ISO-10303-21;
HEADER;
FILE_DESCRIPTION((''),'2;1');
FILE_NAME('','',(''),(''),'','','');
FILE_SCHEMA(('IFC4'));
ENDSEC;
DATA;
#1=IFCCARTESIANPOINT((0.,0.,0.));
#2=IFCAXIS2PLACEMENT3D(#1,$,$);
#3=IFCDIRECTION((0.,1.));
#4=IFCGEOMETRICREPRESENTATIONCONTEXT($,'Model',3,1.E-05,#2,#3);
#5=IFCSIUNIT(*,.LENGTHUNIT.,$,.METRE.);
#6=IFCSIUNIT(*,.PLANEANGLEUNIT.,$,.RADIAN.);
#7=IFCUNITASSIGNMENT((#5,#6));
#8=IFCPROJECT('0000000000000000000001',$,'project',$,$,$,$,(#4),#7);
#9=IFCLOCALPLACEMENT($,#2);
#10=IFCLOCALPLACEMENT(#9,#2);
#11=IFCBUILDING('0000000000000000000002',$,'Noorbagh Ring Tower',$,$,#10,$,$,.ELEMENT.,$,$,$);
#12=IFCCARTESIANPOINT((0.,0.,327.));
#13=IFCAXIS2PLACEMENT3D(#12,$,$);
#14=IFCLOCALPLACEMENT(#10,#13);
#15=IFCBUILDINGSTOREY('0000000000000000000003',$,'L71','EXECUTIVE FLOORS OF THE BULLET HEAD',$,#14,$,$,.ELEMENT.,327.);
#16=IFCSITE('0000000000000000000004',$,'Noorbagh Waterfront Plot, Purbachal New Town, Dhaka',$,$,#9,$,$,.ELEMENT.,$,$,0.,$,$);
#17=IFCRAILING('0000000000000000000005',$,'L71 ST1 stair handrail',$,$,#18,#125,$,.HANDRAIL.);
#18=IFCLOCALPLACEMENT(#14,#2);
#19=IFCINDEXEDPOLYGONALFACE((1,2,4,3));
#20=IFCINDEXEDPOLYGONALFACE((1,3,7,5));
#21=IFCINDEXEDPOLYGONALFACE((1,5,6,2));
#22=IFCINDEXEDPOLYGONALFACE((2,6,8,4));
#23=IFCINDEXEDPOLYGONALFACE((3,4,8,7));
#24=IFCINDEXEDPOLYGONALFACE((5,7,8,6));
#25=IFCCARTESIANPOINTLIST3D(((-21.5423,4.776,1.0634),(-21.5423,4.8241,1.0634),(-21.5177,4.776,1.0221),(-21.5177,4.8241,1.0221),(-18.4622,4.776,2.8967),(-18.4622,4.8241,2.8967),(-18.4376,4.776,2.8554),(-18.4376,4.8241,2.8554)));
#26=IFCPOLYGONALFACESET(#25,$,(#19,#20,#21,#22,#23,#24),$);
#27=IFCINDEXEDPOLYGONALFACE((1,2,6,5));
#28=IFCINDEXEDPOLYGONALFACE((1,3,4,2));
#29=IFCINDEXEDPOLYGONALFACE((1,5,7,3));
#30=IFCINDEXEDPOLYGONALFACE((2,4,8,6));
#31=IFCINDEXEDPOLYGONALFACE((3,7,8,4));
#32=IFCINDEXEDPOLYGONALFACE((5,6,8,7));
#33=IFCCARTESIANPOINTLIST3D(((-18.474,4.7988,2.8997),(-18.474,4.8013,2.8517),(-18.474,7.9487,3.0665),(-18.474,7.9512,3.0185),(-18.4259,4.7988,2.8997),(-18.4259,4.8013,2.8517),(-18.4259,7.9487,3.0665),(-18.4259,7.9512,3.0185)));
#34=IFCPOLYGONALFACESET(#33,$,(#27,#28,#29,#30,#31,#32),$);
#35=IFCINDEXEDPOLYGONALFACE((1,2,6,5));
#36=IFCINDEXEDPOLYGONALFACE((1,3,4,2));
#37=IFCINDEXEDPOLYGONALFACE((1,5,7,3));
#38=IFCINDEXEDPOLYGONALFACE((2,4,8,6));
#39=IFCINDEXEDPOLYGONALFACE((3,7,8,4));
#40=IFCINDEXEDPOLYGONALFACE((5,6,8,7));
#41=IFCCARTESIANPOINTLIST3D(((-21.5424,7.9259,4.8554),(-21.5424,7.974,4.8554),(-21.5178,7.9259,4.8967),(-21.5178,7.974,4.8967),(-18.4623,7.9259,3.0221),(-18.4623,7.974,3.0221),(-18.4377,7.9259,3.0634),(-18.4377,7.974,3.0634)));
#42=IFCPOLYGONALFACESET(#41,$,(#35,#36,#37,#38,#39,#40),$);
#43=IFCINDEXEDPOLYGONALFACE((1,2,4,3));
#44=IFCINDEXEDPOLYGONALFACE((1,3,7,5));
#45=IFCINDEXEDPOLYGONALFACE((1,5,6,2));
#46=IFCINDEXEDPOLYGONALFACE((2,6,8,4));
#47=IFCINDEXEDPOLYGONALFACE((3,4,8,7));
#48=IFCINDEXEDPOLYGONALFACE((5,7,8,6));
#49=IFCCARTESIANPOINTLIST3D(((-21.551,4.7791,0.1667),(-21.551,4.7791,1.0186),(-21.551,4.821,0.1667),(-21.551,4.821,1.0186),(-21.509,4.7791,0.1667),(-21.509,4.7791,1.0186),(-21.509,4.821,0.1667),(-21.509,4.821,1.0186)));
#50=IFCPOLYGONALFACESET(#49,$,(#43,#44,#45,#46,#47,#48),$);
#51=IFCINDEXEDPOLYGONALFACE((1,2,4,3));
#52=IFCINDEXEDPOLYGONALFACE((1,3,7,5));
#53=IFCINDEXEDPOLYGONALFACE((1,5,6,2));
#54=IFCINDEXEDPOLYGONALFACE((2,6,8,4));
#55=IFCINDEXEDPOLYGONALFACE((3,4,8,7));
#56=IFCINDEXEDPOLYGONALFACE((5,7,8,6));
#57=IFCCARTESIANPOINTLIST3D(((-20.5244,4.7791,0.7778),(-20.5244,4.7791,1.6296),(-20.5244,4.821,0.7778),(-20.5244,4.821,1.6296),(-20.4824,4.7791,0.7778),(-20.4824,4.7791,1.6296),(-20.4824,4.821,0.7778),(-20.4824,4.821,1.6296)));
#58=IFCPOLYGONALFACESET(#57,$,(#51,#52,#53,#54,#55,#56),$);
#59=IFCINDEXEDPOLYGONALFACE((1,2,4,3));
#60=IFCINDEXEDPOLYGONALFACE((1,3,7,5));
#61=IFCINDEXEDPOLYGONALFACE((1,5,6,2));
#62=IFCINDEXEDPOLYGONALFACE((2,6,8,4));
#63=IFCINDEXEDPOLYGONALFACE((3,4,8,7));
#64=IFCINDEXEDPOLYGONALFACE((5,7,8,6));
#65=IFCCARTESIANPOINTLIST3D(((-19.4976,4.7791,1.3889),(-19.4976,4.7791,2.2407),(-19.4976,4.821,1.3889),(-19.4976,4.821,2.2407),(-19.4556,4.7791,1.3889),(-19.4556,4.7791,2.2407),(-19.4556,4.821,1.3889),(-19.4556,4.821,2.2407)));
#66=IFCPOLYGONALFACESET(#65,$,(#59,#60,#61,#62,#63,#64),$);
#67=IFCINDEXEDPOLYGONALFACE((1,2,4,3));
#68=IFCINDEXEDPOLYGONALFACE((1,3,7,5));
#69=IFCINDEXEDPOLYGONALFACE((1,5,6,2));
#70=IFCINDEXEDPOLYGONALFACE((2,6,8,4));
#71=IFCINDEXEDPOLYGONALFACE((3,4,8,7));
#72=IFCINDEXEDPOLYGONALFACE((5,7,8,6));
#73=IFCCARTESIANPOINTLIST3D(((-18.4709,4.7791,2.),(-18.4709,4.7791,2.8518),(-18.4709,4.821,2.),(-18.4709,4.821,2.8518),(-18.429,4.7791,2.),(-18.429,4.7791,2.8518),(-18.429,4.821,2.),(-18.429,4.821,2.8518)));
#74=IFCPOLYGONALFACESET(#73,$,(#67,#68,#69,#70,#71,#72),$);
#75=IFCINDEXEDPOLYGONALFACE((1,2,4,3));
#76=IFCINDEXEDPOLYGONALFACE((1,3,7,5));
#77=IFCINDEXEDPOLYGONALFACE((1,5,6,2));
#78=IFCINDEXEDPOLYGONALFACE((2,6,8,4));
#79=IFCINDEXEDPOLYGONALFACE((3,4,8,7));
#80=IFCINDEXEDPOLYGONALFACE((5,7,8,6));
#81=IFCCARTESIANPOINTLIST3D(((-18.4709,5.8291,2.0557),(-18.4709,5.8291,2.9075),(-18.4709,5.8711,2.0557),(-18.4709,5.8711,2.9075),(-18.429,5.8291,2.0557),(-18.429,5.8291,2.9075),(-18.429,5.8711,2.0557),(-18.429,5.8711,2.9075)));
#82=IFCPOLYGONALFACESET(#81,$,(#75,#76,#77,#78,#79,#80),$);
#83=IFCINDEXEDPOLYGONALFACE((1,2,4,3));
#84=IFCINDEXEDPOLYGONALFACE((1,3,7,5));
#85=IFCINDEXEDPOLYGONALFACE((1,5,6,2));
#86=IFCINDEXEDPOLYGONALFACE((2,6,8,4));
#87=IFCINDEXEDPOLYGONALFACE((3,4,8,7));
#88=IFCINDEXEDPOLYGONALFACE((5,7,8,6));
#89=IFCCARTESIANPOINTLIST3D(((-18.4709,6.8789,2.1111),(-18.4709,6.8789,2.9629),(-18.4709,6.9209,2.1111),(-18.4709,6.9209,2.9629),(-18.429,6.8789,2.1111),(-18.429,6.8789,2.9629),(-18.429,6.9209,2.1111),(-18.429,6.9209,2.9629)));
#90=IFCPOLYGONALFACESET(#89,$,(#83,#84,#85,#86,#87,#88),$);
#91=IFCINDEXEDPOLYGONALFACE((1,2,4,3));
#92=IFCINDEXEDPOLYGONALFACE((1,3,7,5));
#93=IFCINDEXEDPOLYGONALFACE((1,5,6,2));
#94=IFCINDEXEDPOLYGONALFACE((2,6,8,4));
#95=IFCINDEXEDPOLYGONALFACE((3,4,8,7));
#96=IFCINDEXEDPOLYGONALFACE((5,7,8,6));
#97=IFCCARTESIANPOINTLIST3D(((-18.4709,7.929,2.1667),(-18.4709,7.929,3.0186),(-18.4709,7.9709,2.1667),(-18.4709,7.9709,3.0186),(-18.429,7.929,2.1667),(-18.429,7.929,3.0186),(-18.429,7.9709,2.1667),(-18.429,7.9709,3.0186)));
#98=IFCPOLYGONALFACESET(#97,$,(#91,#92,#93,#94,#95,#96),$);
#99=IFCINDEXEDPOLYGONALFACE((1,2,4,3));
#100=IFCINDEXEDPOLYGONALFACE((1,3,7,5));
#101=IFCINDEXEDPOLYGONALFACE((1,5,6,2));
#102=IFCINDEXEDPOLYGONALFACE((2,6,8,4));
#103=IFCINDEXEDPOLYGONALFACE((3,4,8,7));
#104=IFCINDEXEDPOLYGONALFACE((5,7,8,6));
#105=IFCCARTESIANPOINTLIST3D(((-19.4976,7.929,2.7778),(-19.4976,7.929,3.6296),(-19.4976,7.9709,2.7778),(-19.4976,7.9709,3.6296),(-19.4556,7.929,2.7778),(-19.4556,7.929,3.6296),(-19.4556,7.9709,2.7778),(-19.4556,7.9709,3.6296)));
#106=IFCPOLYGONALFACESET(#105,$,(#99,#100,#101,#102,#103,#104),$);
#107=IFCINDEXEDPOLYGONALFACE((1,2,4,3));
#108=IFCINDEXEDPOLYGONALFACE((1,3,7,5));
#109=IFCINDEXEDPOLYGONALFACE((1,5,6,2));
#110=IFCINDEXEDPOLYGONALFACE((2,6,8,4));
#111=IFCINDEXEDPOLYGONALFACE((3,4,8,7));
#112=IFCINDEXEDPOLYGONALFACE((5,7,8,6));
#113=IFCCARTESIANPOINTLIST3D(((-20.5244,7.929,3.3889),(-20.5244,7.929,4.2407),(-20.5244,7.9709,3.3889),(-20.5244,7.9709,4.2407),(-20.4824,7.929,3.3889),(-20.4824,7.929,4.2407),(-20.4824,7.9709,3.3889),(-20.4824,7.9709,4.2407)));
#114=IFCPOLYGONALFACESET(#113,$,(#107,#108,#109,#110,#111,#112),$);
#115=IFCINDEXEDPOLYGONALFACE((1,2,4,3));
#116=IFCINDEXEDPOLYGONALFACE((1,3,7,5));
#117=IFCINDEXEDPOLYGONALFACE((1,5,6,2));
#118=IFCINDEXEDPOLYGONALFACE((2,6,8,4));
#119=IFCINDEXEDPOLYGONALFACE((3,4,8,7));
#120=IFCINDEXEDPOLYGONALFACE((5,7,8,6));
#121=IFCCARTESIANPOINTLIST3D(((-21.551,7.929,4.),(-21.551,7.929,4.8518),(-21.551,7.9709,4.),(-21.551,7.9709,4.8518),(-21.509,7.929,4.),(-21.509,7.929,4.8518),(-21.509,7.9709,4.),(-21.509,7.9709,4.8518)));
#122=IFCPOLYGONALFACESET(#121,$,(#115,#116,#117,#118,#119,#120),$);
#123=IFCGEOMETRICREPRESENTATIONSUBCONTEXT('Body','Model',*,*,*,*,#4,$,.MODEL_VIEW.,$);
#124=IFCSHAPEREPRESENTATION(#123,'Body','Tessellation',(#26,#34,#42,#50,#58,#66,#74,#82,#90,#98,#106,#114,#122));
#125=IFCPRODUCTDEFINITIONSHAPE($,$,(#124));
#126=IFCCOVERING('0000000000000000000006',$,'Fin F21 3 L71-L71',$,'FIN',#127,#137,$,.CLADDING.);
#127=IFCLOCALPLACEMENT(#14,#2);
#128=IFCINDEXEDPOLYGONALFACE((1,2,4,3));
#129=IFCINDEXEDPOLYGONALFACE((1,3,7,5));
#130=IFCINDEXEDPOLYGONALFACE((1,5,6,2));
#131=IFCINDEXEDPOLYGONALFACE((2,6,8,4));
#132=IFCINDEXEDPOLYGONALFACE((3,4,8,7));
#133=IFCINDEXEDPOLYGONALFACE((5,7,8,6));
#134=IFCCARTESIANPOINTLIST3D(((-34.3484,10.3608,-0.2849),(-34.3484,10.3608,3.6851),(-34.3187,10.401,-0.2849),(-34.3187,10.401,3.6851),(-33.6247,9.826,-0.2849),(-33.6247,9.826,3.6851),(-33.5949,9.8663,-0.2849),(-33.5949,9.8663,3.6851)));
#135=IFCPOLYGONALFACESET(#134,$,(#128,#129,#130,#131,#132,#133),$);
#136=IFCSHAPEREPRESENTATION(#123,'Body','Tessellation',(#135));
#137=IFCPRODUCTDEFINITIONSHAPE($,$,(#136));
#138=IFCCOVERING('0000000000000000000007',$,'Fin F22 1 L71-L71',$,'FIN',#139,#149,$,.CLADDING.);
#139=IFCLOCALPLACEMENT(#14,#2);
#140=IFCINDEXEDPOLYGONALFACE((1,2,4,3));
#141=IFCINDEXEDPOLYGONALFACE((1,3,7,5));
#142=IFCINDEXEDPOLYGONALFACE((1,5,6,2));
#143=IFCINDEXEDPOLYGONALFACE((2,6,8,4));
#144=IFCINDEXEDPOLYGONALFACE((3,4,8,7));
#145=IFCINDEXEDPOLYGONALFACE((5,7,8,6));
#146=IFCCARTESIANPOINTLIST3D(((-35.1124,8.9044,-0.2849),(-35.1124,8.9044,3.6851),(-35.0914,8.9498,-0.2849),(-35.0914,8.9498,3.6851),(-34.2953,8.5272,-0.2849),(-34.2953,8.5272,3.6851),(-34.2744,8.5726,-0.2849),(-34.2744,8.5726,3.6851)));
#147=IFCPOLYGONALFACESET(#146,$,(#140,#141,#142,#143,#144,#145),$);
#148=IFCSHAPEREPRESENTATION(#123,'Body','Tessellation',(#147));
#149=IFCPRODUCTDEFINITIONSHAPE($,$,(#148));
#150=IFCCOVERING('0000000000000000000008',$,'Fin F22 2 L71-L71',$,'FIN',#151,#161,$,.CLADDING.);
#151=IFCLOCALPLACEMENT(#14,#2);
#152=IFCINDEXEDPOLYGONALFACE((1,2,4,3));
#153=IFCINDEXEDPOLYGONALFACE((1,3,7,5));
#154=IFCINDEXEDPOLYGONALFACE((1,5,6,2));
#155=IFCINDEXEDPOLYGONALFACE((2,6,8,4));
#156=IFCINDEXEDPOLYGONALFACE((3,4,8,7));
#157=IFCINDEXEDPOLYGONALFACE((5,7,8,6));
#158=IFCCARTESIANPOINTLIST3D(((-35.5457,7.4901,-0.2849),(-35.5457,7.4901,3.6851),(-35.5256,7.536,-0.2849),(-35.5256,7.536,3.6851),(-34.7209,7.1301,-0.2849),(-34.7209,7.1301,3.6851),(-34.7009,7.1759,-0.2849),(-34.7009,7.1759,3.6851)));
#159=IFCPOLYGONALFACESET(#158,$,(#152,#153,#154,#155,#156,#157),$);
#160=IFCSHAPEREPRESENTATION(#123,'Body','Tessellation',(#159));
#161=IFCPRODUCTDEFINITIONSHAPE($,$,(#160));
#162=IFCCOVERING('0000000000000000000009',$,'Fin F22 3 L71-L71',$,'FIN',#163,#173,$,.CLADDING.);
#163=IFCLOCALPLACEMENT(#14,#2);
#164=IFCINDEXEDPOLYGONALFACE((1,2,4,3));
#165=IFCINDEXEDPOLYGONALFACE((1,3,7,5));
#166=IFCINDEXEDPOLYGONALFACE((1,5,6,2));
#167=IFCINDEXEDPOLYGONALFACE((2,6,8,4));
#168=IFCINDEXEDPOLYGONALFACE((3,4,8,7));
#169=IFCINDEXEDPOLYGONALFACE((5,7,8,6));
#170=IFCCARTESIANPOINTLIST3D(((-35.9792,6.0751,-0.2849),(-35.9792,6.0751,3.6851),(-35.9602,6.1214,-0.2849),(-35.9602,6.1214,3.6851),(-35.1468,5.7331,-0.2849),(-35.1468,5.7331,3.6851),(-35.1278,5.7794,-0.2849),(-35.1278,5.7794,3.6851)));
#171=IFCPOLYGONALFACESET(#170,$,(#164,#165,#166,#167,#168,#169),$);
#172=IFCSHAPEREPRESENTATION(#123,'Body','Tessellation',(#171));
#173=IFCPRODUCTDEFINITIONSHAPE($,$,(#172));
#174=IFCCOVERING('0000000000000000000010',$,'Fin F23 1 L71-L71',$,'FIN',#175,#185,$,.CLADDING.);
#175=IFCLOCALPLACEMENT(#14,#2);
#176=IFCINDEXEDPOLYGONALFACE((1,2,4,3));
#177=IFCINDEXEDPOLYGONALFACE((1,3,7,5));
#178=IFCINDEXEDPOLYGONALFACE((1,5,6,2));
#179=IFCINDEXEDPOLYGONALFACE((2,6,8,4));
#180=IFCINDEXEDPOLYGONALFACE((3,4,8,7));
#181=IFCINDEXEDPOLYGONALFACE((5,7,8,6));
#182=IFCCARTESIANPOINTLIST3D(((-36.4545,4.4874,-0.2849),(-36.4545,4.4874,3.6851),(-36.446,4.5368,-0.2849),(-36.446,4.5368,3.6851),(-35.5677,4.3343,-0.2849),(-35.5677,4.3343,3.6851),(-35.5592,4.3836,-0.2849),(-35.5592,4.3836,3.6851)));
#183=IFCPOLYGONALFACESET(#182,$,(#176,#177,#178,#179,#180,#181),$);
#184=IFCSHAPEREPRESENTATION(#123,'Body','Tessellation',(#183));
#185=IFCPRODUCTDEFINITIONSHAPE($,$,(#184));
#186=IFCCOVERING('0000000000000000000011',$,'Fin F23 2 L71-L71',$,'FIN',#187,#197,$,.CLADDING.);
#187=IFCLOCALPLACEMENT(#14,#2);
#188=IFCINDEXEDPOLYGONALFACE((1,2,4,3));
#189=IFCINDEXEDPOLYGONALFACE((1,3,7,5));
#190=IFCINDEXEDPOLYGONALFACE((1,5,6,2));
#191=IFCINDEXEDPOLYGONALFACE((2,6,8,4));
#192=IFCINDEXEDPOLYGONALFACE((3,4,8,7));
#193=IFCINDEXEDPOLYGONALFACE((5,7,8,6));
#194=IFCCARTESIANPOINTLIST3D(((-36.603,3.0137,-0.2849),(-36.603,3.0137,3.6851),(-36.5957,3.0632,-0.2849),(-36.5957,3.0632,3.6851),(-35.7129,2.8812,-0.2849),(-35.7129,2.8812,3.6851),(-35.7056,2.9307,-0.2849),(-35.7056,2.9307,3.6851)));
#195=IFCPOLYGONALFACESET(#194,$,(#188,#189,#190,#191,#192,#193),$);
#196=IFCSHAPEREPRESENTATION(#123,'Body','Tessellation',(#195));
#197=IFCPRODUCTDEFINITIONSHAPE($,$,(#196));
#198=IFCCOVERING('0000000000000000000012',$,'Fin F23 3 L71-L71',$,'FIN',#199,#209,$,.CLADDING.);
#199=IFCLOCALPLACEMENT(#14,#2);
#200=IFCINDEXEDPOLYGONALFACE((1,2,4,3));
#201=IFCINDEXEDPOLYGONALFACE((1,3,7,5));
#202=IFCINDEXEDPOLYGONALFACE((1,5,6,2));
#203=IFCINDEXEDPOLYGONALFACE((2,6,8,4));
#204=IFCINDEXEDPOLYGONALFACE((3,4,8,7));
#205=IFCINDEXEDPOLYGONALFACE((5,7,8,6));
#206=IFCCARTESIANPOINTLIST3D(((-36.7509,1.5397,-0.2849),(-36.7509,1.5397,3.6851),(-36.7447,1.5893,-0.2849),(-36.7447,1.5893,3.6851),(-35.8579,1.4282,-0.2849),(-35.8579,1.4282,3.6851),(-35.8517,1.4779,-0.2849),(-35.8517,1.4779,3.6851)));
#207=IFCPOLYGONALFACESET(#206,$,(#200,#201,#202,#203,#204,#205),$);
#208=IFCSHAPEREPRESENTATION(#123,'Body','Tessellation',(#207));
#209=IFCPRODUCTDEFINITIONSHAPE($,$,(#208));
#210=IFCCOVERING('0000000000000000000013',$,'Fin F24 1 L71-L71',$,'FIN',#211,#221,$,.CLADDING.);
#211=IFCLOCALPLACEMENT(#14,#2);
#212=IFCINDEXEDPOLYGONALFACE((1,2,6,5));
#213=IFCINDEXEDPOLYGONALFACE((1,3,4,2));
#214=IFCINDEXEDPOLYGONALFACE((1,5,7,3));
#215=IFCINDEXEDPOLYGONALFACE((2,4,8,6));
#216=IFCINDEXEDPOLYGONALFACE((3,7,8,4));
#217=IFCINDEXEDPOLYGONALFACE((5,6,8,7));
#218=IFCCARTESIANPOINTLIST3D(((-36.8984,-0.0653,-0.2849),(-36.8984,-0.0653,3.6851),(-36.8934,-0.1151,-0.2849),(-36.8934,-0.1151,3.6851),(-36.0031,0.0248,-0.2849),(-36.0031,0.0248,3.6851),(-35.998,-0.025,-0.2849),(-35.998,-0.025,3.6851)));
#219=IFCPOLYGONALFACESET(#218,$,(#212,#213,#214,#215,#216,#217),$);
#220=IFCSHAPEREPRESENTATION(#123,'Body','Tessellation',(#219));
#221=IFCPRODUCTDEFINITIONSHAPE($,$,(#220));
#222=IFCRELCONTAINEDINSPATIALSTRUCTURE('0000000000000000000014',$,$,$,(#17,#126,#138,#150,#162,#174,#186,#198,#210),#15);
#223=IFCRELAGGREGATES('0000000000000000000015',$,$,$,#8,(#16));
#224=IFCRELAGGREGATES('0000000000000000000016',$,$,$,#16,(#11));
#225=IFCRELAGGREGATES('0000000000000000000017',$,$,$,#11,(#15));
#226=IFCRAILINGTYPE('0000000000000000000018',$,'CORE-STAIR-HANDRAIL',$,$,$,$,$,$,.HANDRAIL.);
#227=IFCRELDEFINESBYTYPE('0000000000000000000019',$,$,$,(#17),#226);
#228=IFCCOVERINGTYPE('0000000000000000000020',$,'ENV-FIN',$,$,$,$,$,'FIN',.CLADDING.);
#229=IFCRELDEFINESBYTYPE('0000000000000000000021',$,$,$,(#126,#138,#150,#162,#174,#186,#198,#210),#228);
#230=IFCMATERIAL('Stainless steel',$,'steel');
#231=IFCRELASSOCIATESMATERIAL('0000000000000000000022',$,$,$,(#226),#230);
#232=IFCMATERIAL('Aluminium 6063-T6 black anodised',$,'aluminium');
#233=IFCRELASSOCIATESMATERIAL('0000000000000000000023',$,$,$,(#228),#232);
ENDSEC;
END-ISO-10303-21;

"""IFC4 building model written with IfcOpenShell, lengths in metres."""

from ifc_helpers import new_model, si_unit, direction, frame, origin, origin_2d, place, context, subcontext, project, spatial, rectangle, extrude, material, material_profile, profile_set, type_object, element, save


model = new_model("IFC4")

# Units and contexts
model_context = context("Model", 3, precision=1e-05, world=origin(), true_north=direction((0.0, 1.0)))
body_context = subcontext(model_context, "Body", "Model", "MODEL_VIEW")
ifc_project = project(units=[si_unit("LENGTHUNIT", "METRE"), si_unit("PLANEANGLEUNIT", "RADIAN")], contexts=[model_context])

# Site, building, storey
site_placement = place(None, origin())
site = spatial("IfcSite", under=ifc_project, at=site_placement, Name="Noorbagh Waterfront Plot, Purbachal New Town, Dhaka", CompositionType="ELEMENT", RefElevation=0.0)
building_placement = place(site_placement, origin())
building = spatial("IfcBuilding", under=site, at=building_placement, Name="Noorbagh Ring Tower", CompositionType="ELEMENT")
storey_placement = place(building_placement, frame((0.0, 0.0, 327.0)))
storey = spatial("IfcBuildingStorey", under=building, at=storey_placement, Name="L71", Description="EXECUTIVE FLOORS OF THE BULLET HEAD", CompositionType="ELEMENT", Elevation=327.0)

# Railing
ifc_material_1 = material(Name="Stainless steel", Category="steel")
railing_type_1 = type_object("IfcRailingType", Name="CORE-STAIR-HANDRAIL", PredefinedType="HANDRAIL", material=ifc_material_1)
railing_1_placement = place(storey_placement, frame((-21.53, 4.8, 0.1667)))
element("IfcRailing", 1, at=railing_1_placement, inside=storey, type_object=railing_type_1, Name="L71 ST1 stair handrail", PredefinedType="HANDRAIL", context=body_context, shape_type="SweptSolid", body=[
    extrude(rectangle(XDim=0.0481, YDim=0.0481, at=origin_2d()), frame((0.0, 0.0, 0.876), z_axis=(0.859309, 0.0, 0.511458), x_axis=(0.0, 1.0, 0.0)), (0.0, 0.0, 1.0), 3.5845),
    extrude(rectangle(XDim=0.0481, YDim=0.0481, at=origin_2d()), frame((3.0801, 0.0, 2.709), z_axis=(0.0, 0.998602, 0.052864), x_axis=(-1.0, 0.0, 0.0)), (0.0, 0.0, 1.0), 3.1543),
    extrude(rectangle(XDim=0.0481, YDim=0.0481, at=origin_2d()), frame((3.0801, 3.1499, 2.876), z_axis=(-0.859309, 0.0, 0.511458), x_axis=(0.0, -1.0, 0.0)), (0.0, 0.0, 1.0), 3.5845),
    extrude(rectangle(XDim=0.042, YDim=0.042, at=origin_2d()), origin(), (0.0, 0.0, 1.0), 0.8518),
    extrude(rectangle(XDim=0.042, YDim=0.042, at=origin_2d()), frame((1.0266, 0.0, 0.6111)), (0.0, 0.0, 1.0), 0.8518),
    extrude(rectangle(XDim=0.042, YDim=0.042, at=origin_2d()), frame((2.0535, 0.0, 1.2222)), (0.0, 0.0, 1.0), 0.8518),
    extrude(rectangle(XDim=0.042, YDim=0.042, at=origin_2d()), frame((3.0801, 0.0, 1.8333)), (0.0, 0.0, 1.0), 0.8518),
    extrude(rectangle(XDim=0.042, YDim=0.042, at=origin_2d()), frame((3.0801, 1.05, 1.8889)), (0.0, 0.0, 1.0), 0.8518),
    extrude(rectangle(XDim=0.042, YDim=0.042, at=origin_2d()), frame((3.0801, 2.0999, 1.9443)), (0.0, 0.0, 1.0), 0.8518),
    extrude(rectangle(XDim=0.042, YDim=0.042, at=origin_2d()), frame((3.0801, 3.1499, 2.0)), (0.0, 0.0, 1.0), 0.8518),
    extrude(rectangle(XDim=0.042, YDim=0.042, at=origin_2d()), frame((2.0535, 3.1499, 2.6111)), (0.0, 0.0, 1.0), 0.8518),
    extrude(rectangle(XDim=0.042, YDim=0.042, at=origin_2d()), frame((1.0266, 3.1499, 3.2222)), (0.0, 0.0, 1.0), 0.8518),
    extrude(rectangle(XDim=0.042, YDim=0.042, at=origin_2d()), frame((0.0, 3.1499, 3.8333)), (0.0, 0.0, 1.0), 0.8518),
])

# Coverings
ifc_material_2 = material(Name="Aluminium 6063-T6 black anodised", Category="aluminium")
ifc_material_profile_1 = material_profile(ifc_material_2, rectangle(XDim=0.8999, YDim=0.05, at=origin_2d()), Name="900x50")
ifc_profile_set_1 = profile_set([ifc_material_profile_1], Name="Aluminium 6063-T6 black anodised")
covering_type = type_object("IfcCoveringType", Name="ENV-FIN", ElementType="FIN", PredefinedType="CLADDING", material=ifc_profile_set_1)
for number, where, z_axis, x_axis, name in (
    (2, (-33.9717, 10.1135, -0.2849), (0.0, 0.0, 1.0), (-0.80426, 0.594277, 0.0), "Fin F21 3 L71-L71"),
    (3, (-34.6934, 8.7385, -0.2849), (0.0, 0.0, 1.0), (-0.907912, 0.419162, 0.0), "Fin F22 1 L71-L71"),
    (4, (-35.1233, 7.333, -0.2849), (0.0, 0.0, 1.0), (-0.916475, 0.400092, 0.0), "Fin F22 2 L71-L71"),
    (5, (-35.5535, 5.9272, -0.2849), (0.0, 0.0, 1.0), (-0.925001, 0.379965, 0.0), "Fin F22 3 L71-L71"),
    (6, (-36.0068, 4.4355, -0.2849), (0.0, 0.0, 1.0), (-0.985419, 0.170147, 0.0), "Fin F23 1 L71-L71"),
    (7, (-36.1543, 2.9722, -0.2849), (0.0, 0.0, 1.0), (-0.989103, 0.147226, 0.0), "Fin F23 2 L71-L71"),
    (8, (-36.3013, 1.5088, -0.2849), (0.0, 0.0, 1.0), (-0.992303, 0.123835, 0.0), "Fin F23 3 L71-L71"),
    (9, (-36.4482, -0.0452, -0.2849), (0.0, 0.0, 1.0), (-0.99497, -0.100178, 0.0), "Fin F24 1 L71-L71"),
):
    element("IfcCovering", number, at=place(storey_placement, frame(where, z_axis=z_axis, x_axis=x_axis)), inside=storey, type_object=covering_type, Name=name, ObjectType="FIN", PredefinedType="CLADDING", context=body_context, shape_type="SweptSolid", body=[
        extrude(rectangle(XDim=0.8999, YDim=0.05, at=origin_2d()), origin(), (0.0, 0.0, 1.0), 3.97),
    ])

save(model, "model.ifc")
